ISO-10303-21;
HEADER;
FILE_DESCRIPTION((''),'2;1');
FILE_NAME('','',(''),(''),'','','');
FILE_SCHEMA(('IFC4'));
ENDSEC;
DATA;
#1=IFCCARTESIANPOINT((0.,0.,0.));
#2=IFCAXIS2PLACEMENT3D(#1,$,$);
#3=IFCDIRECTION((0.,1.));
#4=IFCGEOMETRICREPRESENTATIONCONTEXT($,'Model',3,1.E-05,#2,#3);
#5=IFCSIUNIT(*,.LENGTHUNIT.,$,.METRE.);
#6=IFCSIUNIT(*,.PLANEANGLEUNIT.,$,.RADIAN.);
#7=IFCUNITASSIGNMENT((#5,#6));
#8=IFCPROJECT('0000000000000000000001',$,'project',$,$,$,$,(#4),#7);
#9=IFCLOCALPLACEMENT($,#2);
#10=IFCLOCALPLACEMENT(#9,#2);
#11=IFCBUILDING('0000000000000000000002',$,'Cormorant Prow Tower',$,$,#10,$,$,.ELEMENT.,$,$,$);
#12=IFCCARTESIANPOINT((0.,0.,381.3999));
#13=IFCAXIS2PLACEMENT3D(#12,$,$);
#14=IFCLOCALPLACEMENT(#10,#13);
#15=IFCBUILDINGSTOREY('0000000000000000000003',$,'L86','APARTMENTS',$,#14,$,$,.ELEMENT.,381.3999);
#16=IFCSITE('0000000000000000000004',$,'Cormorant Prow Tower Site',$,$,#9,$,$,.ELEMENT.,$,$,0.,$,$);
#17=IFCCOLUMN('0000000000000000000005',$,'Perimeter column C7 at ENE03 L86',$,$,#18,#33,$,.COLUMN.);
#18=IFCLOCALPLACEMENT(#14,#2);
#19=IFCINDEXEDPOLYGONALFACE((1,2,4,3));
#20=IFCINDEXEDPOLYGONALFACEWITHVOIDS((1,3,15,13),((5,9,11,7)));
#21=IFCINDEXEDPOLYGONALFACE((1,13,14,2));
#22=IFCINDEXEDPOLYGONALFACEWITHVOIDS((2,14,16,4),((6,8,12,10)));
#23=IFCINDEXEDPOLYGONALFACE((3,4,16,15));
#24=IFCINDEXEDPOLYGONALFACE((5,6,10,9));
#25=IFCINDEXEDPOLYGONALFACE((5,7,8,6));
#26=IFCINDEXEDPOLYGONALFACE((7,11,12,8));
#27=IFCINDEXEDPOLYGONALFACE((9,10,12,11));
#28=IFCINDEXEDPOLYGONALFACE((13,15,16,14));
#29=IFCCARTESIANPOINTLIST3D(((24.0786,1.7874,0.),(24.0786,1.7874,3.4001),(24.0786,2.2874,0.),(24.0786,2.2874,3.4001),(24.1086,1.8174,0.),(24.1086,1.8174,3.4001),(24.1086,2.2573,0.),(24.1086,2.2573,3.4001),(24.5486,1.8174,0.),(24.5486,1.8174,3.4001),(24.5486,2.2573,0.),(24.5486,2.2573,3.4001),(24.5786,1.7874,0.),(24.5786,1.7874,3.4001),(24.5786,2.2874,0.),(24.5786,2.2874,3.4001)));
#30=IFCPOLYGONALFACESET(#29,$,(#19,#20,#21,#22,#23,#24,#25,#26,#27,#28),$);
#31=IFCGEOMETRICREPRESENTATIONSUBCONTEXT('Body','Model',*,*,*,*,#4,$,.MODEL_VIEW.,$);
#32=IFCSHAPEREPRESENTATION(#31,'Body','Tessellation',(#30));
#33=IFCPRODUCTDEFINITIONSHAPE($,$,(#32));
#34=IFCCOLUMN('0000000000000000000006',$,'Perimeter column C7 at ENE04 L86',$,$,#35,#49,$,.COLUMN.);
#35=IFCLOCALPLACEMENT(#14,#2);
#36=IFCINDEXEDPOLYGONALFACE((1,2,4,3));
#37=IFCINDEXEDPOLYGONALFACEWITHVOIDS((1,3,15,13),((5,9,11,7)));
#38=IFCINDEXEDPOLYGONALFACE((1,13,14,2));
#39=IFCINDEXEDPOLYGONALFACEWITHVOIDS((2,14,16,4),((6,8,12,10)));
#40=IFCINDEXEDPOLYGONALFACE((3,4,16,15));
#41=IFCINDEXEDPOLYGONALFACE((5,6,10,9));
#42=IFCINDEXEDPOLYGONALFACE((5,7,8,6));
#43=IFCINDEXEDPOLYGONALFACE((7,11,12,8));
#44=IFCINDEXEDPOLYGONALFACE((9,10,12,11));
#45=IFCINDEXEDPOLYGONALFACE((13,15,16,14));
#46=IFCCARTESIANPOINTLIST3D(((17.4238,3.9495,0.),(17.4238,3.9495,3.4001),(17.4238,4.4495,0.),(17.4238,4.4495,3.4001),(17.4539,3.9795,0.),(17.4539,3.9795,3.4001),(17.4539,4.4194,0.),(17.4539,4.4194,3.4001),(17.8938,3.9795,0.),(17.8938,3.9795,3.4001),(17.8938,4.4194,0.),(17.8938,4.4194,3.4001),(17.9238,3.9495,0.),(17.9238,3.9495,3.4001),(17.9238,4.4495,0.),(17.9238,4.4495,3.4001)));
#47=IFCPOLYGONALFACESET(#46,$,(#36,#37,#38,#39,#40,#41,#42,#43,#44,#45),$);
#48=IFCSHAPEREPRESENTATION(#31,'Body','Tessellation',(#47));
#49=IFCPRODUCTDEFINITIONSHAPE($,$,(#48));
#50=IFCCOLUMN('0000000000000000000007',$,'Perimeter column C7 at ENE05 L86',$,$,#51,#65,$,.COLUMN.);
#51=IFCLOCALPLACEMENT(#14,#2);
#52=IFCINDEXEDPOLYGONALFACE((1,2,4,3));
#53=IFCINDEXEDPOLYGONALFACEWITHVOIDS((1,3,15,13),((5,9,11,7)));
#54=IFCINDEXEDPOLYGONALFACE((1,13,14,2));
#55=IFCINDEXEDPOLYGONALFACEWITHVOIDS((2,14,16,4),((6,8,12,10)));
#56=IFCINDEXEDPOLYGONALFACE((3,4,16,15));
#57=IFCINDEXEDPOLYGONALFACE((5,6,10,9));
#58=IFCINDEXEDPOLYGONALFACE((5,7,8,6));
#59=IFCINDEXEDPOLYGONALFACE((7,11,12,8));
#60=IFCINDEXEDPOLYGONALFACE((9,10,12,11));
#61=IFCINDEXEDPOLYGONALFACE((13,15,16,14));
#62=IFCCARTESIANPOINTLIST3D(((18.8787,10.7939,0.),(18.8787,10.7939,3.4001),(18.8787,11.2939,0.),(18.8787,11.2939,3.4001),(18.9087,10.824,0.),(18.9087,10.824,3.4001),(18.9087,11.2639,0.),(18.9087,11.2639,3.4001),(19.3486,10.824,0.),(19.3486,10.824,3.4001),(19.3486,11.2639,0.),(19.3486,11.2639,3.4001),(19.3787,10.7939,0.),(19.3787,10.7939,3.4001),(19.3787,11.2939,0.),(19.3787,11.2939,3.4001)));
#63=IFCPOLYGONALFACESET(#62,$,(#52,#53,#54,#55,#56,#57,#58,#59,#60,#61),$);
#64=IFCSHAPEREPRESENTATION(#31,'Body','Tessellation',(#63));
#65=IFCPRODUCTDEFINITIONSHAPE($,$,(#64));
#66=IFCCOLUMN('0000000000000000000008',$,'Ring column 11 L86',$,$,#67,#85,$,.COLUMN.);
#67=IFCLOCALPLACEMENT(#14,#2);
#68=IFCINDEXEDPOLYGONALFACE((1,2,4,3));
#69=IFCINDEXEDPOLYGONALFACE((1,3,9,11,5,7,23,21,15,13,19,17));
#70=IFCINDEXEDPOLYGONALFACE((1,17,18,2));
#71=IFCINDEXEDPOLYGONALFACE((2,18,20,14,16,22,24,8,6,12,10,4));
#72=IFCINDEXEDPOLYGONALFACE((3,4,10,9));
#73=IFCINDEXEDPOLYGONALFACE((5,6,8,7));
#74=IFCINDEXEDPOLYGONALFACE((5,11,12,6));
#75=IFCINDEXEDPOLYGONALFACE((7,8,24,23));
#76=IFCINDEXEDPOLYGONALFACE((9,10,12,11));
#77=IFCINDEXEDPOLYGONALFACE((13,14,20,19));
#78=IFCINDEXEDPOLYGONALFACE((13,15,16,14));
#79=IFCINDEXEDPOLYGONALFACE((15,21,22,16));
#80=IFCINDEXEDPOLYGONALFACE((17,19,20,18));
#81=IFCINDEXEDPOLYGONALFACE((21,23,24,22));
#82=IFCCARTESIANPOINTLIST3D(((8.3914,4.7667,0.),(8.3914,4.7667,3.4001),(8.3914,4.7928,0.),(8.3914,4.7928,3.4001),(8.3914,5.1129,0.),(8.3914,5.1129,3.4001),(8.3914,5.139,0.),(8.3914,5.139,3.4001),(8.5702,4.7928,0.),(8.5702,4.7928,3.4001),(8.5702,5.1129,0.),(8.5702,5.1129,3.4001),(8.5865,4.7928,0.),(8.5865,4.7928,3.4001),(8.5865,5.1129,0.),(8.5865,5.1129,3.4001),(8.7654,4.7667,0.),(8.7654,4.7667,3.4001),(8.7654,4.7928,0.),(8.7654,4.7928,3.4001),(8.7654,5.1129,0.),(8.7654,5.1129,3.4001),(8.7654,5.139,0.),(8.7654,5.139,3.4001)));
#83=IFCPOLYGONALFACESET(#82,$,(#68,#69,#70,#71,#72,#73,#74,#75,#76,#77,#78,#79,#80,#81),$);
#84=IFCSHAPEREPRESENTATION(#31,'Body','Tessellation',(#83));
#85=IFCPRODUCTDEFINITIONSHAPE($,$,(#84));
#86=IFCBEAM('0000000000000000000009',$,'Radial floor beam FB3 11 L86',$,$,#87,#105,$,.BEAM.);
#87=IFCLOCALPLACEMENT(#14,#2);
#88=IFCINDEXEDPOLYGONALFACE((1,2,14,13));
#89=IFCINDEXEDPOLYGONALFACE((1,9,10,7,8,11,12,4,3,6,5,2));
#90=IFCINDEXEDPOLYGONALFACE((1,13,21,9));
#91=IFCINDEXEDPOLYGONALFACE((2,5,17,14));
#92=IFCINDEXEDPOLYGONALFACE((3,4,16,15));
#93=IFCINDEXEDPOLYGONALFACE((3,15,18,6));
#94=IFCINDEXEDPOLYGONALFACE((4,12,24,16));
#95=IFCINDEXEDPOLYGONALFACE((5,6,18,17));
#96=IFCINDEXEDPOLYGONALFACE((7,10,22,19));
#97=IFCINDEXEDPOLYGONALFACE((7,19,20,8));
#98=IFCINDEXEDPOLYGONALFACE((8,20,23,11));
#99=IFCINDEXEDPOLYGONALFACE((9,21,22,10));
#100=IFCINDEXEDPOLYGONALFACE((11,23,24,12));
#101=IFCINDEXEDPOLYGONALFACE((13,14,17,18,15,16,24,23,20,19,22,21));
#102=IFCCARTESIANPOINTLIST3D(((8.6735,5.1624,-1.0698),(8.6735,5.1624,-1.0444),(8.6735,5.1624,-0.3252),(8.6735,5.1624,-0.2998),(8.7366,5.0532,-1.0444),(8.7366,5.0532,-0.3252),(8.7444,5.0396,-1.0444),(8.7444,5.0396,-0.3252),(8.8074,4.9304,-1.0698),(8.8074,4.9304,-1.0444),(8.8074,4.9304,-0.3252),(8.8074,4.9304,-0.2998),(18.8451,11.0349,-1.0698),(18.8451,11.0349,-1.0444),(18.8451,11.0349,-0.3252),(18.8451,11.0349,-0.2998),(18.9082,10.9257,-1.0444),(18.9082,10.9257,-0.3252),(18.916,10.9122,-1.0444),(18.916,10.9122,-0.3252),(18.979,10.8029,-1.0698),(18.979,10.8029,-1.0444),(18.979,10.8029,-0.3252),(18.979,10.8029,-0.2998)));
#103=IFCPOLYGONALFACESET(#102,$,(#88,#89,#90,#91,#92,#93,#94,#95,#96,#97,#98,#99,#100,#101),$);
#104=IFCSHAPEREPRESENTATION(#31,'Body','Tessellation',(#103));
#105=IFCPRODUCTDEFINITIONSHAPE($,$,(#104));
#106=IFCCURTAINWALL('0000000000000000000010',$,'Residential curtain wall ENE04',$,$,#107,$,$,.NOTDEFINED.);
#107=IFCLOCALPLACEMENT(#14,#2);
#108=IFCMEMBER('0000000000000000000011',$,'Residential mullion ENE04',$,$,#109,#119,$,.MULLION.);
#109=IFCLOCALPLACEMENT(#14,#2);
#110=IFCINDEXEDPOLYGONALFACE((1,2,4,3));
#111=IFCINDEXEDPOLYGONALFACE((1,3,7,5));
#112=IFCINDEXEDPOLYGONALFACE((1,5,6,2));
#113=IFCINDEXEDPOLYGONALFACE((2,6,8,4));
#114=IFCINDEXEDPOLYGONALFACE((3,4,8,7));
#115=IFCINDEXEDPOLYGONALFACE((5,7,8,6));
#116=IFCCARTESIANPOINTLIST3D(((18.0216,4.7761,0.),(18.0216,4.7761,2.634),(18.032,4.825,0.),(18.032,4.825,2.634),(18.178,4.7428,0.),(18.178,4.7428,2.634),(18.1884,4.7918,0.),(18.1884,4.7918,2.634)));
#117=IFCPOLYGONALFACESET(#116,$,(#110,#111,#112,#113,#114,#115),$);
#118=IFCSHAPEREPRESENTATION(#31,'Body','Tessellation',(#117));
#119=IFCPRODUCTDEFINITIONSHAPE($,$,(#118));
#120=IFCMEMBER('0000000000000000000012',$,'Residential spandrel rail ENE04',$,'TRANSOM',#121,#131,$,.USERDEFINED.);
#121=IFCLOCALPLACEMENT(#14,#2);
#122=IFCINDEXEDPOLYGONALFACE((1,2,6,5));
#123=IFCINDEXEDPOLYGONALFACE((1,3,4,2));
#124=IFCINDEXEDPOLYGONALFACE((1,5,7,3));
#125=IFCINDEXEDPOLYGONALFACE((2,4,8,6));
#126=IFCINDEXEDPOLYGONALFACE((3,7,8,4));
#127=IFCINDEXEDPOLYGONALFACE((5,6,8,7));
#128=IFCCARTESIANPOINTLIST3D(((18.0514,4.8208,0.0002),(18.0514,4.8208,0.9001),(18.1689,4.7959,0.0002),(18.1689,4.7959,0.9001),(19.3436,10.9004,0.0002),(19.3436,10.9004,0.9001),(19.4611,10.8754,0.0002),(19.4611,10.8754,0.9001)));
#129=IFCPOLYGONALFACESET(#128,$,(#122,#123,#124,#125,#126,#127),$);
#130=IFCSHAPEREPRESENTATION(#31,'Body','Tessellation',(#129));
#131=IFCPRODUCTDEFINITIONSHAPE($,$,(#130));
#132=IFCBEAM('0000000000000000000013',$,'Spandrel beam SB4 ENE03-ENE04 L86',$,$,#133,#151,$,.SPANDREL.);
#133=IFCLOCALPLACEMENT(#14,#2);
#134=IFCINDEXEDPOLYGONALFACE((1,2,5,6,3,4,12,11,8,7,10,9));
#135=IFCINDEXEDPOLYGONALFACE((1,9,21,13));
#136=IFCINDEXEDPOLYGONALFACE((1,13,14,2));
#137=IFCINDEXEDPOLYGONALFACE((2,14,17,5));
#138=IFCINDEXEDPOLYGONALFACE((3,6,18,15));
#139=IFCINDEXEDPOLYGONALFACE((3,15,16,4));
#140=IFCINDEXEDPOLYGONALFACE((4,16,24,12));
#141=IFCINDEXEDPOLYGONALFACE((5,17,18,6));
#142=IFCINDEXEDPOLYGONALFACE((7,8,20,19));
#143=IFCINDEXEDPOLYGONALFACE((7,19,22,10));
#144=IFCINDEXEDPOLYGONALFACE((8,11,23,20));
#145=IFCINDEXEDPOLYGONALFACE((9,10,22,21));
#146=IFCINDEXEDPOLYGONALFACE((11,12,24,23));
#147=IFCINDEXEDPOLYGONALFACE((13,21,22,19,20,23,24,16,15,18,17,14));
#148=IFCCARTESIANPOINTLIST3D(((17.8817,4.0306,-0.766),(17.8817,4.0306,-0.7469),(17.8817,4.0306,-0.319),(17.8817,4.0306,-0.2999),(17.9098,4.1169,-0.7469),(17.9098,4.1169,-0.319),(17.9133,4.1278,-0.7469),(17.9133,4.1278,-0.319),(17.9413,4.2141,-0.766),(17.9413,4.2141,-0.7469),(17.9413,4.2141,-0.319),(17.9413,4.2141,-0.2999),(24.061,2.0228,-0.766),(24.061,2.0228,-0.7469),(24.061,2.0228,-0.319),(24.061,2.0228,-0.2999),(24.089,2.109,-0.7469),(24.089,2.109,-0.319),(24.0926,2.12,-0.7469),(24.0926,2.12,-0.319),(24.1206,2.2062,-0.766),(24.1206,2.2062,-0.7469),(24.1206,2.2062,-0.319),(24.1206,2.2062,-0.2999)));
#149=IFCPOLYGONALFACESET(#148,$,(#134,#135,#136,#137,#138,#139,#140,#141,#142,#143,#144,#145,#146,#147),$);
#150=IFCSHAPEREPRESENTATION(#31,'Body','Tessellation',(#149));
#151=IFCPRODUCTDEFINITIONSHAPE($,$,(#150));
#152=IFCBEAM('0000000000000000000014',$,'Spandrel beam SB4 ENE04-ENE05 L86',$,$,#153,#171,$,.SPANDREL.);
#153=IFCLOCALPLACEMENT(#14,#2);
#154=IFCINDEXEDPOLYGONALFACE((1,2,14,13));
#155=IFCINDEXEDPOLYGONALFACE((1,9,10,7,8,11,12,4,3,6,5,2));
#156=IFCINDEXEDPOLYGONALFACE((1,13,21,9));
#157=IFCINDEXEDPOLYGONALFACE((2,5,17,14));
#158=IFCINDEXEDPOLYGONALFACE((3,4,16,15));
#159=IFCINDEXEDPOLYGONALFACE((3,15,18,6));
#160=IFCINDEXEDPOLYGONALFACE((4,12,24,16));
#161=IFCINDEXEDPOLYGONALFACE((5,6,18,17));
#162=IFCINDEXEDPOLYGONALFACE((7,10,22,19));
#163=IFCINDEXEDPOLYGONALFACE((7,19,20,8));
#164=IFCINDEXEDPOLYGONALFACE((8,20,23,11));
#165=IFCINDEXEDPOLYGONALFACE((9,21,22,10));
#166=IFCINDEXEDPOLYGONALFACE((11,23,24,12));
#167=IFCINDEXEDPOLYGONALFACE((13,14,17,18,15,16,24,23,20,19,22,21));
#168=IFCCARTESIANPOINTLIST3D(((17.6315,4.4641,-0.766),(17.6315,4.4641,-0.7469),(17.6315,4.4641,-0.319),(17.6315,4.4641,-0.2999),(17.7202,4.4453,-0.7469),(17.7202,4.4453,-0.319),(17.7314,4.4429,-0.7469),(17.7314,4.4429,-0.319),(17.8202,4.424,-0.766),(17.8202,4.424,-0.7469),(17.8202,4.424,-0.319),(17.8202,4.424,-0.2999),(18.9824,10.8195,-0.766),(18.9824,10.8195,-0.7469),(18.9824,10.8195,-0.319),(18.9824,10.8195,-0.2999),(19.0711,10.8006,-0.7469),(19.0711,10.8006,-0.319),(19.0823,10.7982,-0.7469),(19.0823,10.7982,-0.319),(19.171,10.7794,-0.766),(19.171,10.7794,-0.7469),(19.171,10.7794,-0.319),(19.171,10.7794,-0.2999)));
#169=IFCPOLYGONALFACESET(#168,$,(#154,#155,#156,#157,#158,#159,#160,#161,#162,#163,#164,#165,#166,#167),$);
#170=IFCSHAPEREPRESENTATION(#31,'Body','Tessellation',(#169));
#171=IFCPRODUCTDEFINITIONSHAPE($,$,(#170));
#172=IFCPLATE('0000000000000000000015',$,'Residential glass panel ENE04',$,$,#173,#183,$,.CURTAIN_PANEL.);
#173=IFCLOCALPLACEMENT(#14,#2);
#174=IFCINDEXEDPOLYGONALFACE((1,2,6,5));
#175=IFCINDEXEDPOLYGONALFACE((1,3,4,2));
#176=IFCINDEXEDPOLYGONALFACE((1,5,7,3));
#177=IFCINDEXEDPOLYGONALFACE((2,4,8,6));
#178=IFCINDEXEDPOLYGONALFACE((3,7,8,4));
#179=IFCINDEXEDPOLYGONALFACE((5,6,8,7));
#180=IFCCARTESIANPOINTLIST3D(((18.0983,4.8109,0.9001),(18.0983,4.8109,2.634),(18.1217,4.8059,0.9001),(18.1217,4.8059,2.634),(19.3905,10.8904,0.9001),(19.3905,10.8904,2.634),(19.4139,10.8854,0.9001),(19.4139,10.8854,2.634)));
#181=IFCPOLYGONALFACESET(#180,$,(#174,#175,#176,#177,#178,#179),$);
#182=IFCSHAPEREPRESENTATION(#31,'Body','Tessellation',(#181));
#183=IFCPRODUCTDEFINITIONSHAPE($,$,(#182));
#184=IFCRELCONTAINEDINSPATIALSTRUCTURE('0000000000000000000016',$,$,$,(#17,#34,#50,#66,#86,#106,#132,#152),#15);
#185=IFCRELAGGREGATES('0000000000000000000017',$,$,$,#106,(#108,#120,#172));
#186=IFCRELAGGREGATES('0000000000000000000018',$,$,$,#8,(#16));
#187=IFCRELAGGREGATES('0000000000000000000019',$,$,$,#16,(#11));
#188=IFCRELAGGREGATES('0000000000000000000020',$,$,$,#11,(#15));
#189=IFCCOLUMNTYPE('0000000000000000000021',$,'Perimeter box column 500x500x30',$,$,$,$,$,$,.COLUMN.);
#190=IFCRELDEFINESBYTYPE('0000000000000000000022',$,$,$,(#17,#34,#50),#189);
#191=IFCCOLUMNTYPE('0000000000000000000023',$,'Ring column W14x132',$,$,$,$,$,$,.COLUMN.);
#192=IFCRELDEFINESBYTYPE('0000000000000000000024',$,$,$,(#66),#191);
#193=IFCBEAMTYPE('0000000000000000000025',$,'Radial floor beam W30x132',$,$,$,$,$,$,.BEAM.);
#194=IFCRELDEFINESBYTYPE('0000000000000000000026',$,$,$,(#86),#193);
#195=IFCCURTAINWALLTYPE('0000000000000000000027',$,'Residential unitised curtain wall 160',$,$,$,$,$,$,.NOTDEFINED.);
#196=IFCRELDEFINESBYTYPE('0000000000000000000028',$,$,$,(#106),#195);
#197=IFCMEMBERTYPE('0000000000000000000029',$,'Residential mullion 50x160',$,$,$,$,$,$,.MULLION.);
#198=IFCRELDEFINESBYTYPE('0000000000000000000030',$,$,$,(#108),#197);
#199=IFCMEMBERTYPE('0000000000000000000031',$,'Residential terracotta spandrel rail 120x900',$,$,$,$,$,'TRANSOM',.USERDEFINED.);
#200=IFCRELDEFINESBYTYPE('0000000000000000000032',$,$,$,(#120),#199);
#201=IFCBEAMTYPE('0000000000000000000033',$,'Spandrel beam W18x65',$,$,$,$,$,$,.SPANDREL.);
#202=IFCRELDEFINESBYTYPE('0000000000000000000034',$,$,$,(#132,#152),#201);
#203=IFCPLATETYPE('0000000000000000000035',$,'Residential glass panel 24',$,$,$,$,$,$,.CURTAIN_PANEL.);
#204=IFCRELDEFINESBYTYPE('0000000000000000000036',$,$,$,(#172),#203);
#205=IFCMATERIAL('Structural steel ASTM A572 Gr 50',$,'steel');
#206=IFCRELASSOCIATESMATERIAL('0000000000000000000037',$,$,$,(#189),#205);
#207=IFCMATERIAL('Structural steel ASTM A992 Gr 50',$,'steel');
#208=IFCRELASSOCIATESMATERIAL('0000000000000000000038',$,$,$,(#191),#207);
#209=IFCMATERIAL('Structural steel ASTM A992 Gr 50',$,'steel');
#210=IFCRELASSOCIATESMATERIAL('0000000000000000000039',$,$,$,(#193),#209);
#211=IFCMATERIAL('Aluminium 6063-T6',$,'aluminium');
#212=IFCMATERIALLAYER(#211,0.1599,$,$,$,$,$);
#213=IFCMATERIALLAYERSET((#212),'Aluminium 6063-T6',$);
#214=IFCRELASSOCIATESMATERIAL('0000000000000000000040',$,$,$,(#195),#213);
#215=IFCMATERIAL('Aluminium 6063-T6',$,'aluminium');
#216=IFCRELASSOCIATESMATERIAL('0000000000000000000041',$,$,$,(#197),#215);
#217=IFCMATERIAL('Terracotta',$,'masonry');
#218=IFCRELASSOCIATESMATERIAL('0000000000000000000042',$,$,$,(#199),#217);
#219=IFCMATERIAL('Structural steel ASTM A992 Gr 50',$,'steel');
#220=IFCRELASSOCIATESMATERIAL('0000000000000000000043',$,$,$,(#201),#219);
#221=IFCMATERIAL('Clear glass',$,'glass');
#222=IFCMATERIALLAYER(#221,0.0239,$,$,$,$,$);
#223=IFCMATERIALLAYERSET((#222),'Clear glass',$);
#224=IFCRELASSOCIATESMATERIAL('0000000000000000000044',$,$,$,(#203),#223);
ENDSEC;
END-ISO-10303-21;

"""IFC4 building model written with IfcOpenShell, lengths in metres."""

from ifc_helpers import new_model, si_unit, direction, frame, origin, origin_2d, place, context, subcontext, project, spatial, rectangle, hollow_rectangle, i_section, extrude, material, layer, layer_set, material_profile, profile_set, type_object, element, aggregate, save


model = new_model("IFC4")

# Units and contexts
model_context = context("Model", 3, precision=1e-05, world=origin(), true_north=direction((0.0, 1.0)))
body_context = subcontext(model_context, "Body", "Model", "MODEL_VIEW")
ifc_project = project(units=[si_unit("LENGTHUNIT", "METRE"), si_unit("PLANEANGLEUNIT", "RADIAN")], contexts=[model_context])

# Site, building, storey
site_placement = place(None, origin())
site = spatial("IfcSite", under=ifc_project, at=site_placement, Name="Cormorant Prow Tower Site", CompositionType="ELEMENT", RefElevation=0.0)
building_placement = place(site_placement, origin())
building = spatial("IfcBuilding", under=site, at=building_placement, Name="Cormorant Prow Tower", CompositionType="ELEMENT")
storey_placement = place(building_placement, frame((0.0, 0.0, 381.3999)))
storey = spatial("IfcBuildingStorey", under=building, at=storey_placement, Name="L86", Description="APARTMENTS", CompositionType="ELEMENT", Elevation=381.3999)

# Columns
ifc_material_1 = material(Name="Structural steel ASTM A572 Gr 50", Category="steel")
ifc_material_profile_1 = material_profile(ifc_material_1, hollow_rectangle(XDim=0.5, YDim=0.5, WallThickness=0.03, at=origin_2d()), Name="Box 500x500x30")
ifc_profile_set_1 = profile_set([ifc_material_profile_1], Name="Structural steel ASTM A572 Gr 50")
column_type_1 = type_object("IfcColumnType", Name="Perimeter box column 500x500x30", PredefinedType="COLUMN", material=ifc_profile_set_1)
for number, where, z_axis, x_axis, name in (
    (1, (24.3286, 2.0374, 0.0), (0.0, 0.0, 1.0), (1.0, 0.0, 0.0), "Perimeter column C7 at ENE03 L86"),
    (2, (17.6738, 4.1995, 0.0), (0.0, 0.0, 1.0), (1.0, 0.0, 0.0), "Perimeter column C7 at ENE04 L86"),
    (3, (19.1287, 11.0439, 0.0), (0.0, 0.0, 1.0), (1.0, 0.0, 0.0), "Perimeter column C7 at ENE05 L86"),
):
    element("IfcColumn", number, at=place(storey_placement, frame(where, z_axis=z_axis, x_axis=x_axis)), inside=storey, type_object=column_type_1, Name=name, PredefinedType="COLUMN", context=body_context, shape_type="SweptSolid", body=[
        extrude(hollow_rectangle(XDim=0.5, YDim=0.5, WallThickness=0.03, at=origin_2d()), origin(), (0.0, 0.0, 1.0), 3.4001),
    ])
ifc_material_2 = material(Name="Structural steel ASTM A992 Gr 50", Category="steel")
ifc_material_profile_2 = material_profile(ifc_material_2, i_section(OverallWidth=0.374, OverallDepth=0.3723, WebThickness=0.0164, FlangeThickness=0.0261, at=origin_2d()), Name="W14x132")
ifc_profile_set_2 = profile_set([ifc_material_profile_2], Name="Structural steel ASTM A992 Gr 50")
column_type_2 = type_object("IfcColumnType", Name="Ring column W14x132", PredefinedType="COLUMN", material=ifc_profile_set_2)
column_placement = place(storey_placement, frame((8.5784, 4.9529, 0.0), z_axis=(0.0, 0.0, 1.0), x_axis=(1.0, 0.0, 0.0)))
element("IfcColumn", 4, at=column_placement, inside=storey, type_object=column_type_2, Name="Ring column 11 L86", PredefinedType="COLUMN", context=body_context, shape_type="SweptSolid", body=[
    extrude(i_section(OverallWidth=0.374, OverallDepth=0.3723, WebThickness=0.0164, FlangeThickness=0.0261, at=origin_2d()), origin(), (0.0, 0.0, 1.0), 3.4001),
])

# Beam
ifc_material_3 = material(Name="Structural steel ASTM A992 Gr 50", Category="steel")
ifc_material_profile_3 = material_profile(ifc_material_3, i_section(OverallWidth=0.2678, OverallDepth=0.77, WebThickness=0.0156, FlangeThickness=0.0254, at=origin_2d()), Name="W30x132")
ifc_profile_set_3 = profile_set([ifc_material_profile_3], Name="Structural steel ASTM A992 Gr 50")
beam_type_1 = type_object("IfcBeamType", Name="Radial floor beam W30x132", PredefinedType="BEAM", material=ifc_profile_set_3)
beam_placement = place(storey_placement, frame((8.7405, 5.0464, -0.6848), z_axis=(0.866027, 0.499998, 0.0), x_axis=(-0.499998, 0.866027, 0.0)))
element("IfcBeam", 5, at=beam_placement, inside=storey, type_object=beam_type_1, Name="Radial floor beam FB3 11 L86", PredefinedType="BEAM", context=body_context, shape_type="SweptSolid", body=[
    extrude(i_section(OverallWidth=0.2678, OverallDepth=0.77, WebThickness=0.0156, FlangeThickness=0.0254, at=origin_2d()), origin(), (0.0, 0.0, 1.0), 11.7451),
])

# Curtain wall, members
ifc_material_4 = material(Name="Aluminium 6063-T6", Category="aluminium")
ifc_layer_1 = layer(ifc_material_4, 0.1599)
ifc_layer_set_1 = layer_set([ifc_layer_1], Name="Aluminium 6063-T6")
curtain_wall_type = type_object("IfcCurtainWallType", Name="Residential unitised curtain wall 160", PredefinedType="NOTDEFINED", material=ifc_layer_set_1)
curtain_wall_placement = place(storey_placement, origin())
curtain_wall = element("IfcCurtainWall", 6, at=curtain_wall_placement, inside=storey, type_object=curtain_wall_type, Name="Residential curtain wall ENE04", PredefinedType="NOTDEFINED")
ifc_material_5 = material(Name="Aluminium 6063-T6", Category="aluminium")
ifc_material_profile_4 = material_profile(ifc_material_5, rectangle(XDim=0.1599, YDim=0.05, at=origin_2d()), Name="Residential mullion 50x160")
ifc_profile_set_4 = profile_set([ifc_material_profile_4], Name="Aluminium 6063-T6")
member_type_1 = type_object("IfcMemberType", Name="Residential mullion 50x160", PredefinedType="MULLION", material=ifc_profile_set_4)
member_1_placement = place(storey_placement, frame((18.105, 4.7839, 0.0), z_axis=(0.0, 0.0, 1.0), x_axis=(-0.978148, 0.207912, 0.0)))
member_1 = element("IfcMember", 7, at=member_1_placement, type_object=member_type_1, Name="Residential mullion ENE04", PredefinedType="MULLION", context=body_context, shape_type="SweptSolid", body=[
    extrude(rectangle(XDim=0.1599, YDim=0.05, at=origin_2d()), origin(), (0.0, 0.0, 1.0), 2.634),
])
ifc_material_6 = material(Name="Terracotta", Category="masonry")
ifc_material_profile_5 = material_profile(ifc_material_6, rectangle(XDim=0.1201, YDim=0.8999, at=origin_2d()), Name="Residential terracotta spandrel rail 120x900")
ifc_profile_set_5 = profile_set([ifc_material_profile_5], Name="Terracotta")
member_type_2 = type_object("IfcMemberType", Name="Residential terracotta spandrel rail 120x900", ElementType="TRANSOM", PredefinedType="USERDEFINED", material=ifc_profile_set_5)
member_2_placement = place(storey_placement, frame((18.1101, 4.8083, 0.4502), z_axis=(0.207909, 0.978148, 0.0), x_axis=(-0.978148, 0.207909, 0.0)))
member_2 = element("IfcMember", 8, at=member_2_placement, type_object=member_type_2, Name="Residential spandrel rail ENE04", ObjectType="TRANSOM", PredefinedType="USERDEFINED", context=body_context, shape_type="SweptSolid", body=[
    extrude(rectangle(XDim=0.1201, YDim=0.8999, at=origin_2d()), origin(), (0.0, 0.0, 1.0), 6.2153),
])

# Beams
ifc_material_7 = material(Name="Structural steel ASTM A992 Gr 50", Category="steel")
ifc_material_profile_6 = material_profile(ifc_material_7, i_section(OverallWidth=0.1929, OverallDepth=0.4661, WebThickness=0.0115, FlangeThickness=0.019, at=origin_2d()), Name="W18x65")
ifc_profile_set_6 = profile_set([ifc_material_profile_6], Name="Structural steel ASTM A992 Gr 50")
beam_type_2 = type_object("IfcBeamType", Name="Spandrel beam W18x65", PredefinedType="SPANDREL", material=ifc_profile_set_6)
for number, where, z_axis, x_axis, name in (
    (9, (24.0908, 2.1145, -0.533), (-0.951053, 0.309027, 0.0), (-0.309027, -0.951053, 0.0), "Spandrel beam SB4 ENE03-ENE04 L86"),
    (10, (17.7258, 4.4441, -0.533), (0.20791, 0.978148, 0.0), (-0.978148, 0.20791, 0.0), "Spandrel beam SB4 ENE04-ENE05 L86"),
):
    element("IfcBeam", number, at=place(storey_placement, frame(where, z_axis=z_axis, x_axis=x_axis)), inside=storey, type_object=beam_type_2, Name=name, PredefinedType="SPANDREL", context=body_context, shape_type="SweptSolid", body=[
        extrude(i_section(OverallWidth=0.1929, OverallDepth=0.4661, WebThickness=0.0115, FlangeThickness=0.019, at=origin_2d()), origin(), (0.0, 0.0, 1.0), 6.4973),
    ])

# Plate
ifc_material_8 = material(Name="Clear glass", Category="glass")
ifc_layer_2 = layer(ifc_material_8, 0.0239)
ifc_layer_set_2 = layer_set([ifc_layer_2], Name="Clear glass")
plate_type = type_object("IfcPlateType", Name="Residential glass panel 24", PredefinedType="CURTAIN_PANEL", material=ifc_layer_set_2)
plate_placement = place(storey_placement, frame((18.7561, 7.8481, 0.9001), z_axis=(0.0, 0.0, 1.0), x_axis=(0.207912, 0.978148, 0.0)))
plate = element("IfcPlate", 11, at=plate_placement, type_object=plate_type, Name="Residential glass panel ENE04", PredefinedType="CURTAIN_PANEL", context=body_context, shape_type="SweptSolid", body=[
    extrude(rectangle(XDim=6.2153, YDim=0.0239, at=origin_2d()), origin(), (0.0, 0.0, 1.0), 1.7339),
])
aggregate(curtain_wall, [member_1, member_2, plate])

save(model, "model.ifc")
